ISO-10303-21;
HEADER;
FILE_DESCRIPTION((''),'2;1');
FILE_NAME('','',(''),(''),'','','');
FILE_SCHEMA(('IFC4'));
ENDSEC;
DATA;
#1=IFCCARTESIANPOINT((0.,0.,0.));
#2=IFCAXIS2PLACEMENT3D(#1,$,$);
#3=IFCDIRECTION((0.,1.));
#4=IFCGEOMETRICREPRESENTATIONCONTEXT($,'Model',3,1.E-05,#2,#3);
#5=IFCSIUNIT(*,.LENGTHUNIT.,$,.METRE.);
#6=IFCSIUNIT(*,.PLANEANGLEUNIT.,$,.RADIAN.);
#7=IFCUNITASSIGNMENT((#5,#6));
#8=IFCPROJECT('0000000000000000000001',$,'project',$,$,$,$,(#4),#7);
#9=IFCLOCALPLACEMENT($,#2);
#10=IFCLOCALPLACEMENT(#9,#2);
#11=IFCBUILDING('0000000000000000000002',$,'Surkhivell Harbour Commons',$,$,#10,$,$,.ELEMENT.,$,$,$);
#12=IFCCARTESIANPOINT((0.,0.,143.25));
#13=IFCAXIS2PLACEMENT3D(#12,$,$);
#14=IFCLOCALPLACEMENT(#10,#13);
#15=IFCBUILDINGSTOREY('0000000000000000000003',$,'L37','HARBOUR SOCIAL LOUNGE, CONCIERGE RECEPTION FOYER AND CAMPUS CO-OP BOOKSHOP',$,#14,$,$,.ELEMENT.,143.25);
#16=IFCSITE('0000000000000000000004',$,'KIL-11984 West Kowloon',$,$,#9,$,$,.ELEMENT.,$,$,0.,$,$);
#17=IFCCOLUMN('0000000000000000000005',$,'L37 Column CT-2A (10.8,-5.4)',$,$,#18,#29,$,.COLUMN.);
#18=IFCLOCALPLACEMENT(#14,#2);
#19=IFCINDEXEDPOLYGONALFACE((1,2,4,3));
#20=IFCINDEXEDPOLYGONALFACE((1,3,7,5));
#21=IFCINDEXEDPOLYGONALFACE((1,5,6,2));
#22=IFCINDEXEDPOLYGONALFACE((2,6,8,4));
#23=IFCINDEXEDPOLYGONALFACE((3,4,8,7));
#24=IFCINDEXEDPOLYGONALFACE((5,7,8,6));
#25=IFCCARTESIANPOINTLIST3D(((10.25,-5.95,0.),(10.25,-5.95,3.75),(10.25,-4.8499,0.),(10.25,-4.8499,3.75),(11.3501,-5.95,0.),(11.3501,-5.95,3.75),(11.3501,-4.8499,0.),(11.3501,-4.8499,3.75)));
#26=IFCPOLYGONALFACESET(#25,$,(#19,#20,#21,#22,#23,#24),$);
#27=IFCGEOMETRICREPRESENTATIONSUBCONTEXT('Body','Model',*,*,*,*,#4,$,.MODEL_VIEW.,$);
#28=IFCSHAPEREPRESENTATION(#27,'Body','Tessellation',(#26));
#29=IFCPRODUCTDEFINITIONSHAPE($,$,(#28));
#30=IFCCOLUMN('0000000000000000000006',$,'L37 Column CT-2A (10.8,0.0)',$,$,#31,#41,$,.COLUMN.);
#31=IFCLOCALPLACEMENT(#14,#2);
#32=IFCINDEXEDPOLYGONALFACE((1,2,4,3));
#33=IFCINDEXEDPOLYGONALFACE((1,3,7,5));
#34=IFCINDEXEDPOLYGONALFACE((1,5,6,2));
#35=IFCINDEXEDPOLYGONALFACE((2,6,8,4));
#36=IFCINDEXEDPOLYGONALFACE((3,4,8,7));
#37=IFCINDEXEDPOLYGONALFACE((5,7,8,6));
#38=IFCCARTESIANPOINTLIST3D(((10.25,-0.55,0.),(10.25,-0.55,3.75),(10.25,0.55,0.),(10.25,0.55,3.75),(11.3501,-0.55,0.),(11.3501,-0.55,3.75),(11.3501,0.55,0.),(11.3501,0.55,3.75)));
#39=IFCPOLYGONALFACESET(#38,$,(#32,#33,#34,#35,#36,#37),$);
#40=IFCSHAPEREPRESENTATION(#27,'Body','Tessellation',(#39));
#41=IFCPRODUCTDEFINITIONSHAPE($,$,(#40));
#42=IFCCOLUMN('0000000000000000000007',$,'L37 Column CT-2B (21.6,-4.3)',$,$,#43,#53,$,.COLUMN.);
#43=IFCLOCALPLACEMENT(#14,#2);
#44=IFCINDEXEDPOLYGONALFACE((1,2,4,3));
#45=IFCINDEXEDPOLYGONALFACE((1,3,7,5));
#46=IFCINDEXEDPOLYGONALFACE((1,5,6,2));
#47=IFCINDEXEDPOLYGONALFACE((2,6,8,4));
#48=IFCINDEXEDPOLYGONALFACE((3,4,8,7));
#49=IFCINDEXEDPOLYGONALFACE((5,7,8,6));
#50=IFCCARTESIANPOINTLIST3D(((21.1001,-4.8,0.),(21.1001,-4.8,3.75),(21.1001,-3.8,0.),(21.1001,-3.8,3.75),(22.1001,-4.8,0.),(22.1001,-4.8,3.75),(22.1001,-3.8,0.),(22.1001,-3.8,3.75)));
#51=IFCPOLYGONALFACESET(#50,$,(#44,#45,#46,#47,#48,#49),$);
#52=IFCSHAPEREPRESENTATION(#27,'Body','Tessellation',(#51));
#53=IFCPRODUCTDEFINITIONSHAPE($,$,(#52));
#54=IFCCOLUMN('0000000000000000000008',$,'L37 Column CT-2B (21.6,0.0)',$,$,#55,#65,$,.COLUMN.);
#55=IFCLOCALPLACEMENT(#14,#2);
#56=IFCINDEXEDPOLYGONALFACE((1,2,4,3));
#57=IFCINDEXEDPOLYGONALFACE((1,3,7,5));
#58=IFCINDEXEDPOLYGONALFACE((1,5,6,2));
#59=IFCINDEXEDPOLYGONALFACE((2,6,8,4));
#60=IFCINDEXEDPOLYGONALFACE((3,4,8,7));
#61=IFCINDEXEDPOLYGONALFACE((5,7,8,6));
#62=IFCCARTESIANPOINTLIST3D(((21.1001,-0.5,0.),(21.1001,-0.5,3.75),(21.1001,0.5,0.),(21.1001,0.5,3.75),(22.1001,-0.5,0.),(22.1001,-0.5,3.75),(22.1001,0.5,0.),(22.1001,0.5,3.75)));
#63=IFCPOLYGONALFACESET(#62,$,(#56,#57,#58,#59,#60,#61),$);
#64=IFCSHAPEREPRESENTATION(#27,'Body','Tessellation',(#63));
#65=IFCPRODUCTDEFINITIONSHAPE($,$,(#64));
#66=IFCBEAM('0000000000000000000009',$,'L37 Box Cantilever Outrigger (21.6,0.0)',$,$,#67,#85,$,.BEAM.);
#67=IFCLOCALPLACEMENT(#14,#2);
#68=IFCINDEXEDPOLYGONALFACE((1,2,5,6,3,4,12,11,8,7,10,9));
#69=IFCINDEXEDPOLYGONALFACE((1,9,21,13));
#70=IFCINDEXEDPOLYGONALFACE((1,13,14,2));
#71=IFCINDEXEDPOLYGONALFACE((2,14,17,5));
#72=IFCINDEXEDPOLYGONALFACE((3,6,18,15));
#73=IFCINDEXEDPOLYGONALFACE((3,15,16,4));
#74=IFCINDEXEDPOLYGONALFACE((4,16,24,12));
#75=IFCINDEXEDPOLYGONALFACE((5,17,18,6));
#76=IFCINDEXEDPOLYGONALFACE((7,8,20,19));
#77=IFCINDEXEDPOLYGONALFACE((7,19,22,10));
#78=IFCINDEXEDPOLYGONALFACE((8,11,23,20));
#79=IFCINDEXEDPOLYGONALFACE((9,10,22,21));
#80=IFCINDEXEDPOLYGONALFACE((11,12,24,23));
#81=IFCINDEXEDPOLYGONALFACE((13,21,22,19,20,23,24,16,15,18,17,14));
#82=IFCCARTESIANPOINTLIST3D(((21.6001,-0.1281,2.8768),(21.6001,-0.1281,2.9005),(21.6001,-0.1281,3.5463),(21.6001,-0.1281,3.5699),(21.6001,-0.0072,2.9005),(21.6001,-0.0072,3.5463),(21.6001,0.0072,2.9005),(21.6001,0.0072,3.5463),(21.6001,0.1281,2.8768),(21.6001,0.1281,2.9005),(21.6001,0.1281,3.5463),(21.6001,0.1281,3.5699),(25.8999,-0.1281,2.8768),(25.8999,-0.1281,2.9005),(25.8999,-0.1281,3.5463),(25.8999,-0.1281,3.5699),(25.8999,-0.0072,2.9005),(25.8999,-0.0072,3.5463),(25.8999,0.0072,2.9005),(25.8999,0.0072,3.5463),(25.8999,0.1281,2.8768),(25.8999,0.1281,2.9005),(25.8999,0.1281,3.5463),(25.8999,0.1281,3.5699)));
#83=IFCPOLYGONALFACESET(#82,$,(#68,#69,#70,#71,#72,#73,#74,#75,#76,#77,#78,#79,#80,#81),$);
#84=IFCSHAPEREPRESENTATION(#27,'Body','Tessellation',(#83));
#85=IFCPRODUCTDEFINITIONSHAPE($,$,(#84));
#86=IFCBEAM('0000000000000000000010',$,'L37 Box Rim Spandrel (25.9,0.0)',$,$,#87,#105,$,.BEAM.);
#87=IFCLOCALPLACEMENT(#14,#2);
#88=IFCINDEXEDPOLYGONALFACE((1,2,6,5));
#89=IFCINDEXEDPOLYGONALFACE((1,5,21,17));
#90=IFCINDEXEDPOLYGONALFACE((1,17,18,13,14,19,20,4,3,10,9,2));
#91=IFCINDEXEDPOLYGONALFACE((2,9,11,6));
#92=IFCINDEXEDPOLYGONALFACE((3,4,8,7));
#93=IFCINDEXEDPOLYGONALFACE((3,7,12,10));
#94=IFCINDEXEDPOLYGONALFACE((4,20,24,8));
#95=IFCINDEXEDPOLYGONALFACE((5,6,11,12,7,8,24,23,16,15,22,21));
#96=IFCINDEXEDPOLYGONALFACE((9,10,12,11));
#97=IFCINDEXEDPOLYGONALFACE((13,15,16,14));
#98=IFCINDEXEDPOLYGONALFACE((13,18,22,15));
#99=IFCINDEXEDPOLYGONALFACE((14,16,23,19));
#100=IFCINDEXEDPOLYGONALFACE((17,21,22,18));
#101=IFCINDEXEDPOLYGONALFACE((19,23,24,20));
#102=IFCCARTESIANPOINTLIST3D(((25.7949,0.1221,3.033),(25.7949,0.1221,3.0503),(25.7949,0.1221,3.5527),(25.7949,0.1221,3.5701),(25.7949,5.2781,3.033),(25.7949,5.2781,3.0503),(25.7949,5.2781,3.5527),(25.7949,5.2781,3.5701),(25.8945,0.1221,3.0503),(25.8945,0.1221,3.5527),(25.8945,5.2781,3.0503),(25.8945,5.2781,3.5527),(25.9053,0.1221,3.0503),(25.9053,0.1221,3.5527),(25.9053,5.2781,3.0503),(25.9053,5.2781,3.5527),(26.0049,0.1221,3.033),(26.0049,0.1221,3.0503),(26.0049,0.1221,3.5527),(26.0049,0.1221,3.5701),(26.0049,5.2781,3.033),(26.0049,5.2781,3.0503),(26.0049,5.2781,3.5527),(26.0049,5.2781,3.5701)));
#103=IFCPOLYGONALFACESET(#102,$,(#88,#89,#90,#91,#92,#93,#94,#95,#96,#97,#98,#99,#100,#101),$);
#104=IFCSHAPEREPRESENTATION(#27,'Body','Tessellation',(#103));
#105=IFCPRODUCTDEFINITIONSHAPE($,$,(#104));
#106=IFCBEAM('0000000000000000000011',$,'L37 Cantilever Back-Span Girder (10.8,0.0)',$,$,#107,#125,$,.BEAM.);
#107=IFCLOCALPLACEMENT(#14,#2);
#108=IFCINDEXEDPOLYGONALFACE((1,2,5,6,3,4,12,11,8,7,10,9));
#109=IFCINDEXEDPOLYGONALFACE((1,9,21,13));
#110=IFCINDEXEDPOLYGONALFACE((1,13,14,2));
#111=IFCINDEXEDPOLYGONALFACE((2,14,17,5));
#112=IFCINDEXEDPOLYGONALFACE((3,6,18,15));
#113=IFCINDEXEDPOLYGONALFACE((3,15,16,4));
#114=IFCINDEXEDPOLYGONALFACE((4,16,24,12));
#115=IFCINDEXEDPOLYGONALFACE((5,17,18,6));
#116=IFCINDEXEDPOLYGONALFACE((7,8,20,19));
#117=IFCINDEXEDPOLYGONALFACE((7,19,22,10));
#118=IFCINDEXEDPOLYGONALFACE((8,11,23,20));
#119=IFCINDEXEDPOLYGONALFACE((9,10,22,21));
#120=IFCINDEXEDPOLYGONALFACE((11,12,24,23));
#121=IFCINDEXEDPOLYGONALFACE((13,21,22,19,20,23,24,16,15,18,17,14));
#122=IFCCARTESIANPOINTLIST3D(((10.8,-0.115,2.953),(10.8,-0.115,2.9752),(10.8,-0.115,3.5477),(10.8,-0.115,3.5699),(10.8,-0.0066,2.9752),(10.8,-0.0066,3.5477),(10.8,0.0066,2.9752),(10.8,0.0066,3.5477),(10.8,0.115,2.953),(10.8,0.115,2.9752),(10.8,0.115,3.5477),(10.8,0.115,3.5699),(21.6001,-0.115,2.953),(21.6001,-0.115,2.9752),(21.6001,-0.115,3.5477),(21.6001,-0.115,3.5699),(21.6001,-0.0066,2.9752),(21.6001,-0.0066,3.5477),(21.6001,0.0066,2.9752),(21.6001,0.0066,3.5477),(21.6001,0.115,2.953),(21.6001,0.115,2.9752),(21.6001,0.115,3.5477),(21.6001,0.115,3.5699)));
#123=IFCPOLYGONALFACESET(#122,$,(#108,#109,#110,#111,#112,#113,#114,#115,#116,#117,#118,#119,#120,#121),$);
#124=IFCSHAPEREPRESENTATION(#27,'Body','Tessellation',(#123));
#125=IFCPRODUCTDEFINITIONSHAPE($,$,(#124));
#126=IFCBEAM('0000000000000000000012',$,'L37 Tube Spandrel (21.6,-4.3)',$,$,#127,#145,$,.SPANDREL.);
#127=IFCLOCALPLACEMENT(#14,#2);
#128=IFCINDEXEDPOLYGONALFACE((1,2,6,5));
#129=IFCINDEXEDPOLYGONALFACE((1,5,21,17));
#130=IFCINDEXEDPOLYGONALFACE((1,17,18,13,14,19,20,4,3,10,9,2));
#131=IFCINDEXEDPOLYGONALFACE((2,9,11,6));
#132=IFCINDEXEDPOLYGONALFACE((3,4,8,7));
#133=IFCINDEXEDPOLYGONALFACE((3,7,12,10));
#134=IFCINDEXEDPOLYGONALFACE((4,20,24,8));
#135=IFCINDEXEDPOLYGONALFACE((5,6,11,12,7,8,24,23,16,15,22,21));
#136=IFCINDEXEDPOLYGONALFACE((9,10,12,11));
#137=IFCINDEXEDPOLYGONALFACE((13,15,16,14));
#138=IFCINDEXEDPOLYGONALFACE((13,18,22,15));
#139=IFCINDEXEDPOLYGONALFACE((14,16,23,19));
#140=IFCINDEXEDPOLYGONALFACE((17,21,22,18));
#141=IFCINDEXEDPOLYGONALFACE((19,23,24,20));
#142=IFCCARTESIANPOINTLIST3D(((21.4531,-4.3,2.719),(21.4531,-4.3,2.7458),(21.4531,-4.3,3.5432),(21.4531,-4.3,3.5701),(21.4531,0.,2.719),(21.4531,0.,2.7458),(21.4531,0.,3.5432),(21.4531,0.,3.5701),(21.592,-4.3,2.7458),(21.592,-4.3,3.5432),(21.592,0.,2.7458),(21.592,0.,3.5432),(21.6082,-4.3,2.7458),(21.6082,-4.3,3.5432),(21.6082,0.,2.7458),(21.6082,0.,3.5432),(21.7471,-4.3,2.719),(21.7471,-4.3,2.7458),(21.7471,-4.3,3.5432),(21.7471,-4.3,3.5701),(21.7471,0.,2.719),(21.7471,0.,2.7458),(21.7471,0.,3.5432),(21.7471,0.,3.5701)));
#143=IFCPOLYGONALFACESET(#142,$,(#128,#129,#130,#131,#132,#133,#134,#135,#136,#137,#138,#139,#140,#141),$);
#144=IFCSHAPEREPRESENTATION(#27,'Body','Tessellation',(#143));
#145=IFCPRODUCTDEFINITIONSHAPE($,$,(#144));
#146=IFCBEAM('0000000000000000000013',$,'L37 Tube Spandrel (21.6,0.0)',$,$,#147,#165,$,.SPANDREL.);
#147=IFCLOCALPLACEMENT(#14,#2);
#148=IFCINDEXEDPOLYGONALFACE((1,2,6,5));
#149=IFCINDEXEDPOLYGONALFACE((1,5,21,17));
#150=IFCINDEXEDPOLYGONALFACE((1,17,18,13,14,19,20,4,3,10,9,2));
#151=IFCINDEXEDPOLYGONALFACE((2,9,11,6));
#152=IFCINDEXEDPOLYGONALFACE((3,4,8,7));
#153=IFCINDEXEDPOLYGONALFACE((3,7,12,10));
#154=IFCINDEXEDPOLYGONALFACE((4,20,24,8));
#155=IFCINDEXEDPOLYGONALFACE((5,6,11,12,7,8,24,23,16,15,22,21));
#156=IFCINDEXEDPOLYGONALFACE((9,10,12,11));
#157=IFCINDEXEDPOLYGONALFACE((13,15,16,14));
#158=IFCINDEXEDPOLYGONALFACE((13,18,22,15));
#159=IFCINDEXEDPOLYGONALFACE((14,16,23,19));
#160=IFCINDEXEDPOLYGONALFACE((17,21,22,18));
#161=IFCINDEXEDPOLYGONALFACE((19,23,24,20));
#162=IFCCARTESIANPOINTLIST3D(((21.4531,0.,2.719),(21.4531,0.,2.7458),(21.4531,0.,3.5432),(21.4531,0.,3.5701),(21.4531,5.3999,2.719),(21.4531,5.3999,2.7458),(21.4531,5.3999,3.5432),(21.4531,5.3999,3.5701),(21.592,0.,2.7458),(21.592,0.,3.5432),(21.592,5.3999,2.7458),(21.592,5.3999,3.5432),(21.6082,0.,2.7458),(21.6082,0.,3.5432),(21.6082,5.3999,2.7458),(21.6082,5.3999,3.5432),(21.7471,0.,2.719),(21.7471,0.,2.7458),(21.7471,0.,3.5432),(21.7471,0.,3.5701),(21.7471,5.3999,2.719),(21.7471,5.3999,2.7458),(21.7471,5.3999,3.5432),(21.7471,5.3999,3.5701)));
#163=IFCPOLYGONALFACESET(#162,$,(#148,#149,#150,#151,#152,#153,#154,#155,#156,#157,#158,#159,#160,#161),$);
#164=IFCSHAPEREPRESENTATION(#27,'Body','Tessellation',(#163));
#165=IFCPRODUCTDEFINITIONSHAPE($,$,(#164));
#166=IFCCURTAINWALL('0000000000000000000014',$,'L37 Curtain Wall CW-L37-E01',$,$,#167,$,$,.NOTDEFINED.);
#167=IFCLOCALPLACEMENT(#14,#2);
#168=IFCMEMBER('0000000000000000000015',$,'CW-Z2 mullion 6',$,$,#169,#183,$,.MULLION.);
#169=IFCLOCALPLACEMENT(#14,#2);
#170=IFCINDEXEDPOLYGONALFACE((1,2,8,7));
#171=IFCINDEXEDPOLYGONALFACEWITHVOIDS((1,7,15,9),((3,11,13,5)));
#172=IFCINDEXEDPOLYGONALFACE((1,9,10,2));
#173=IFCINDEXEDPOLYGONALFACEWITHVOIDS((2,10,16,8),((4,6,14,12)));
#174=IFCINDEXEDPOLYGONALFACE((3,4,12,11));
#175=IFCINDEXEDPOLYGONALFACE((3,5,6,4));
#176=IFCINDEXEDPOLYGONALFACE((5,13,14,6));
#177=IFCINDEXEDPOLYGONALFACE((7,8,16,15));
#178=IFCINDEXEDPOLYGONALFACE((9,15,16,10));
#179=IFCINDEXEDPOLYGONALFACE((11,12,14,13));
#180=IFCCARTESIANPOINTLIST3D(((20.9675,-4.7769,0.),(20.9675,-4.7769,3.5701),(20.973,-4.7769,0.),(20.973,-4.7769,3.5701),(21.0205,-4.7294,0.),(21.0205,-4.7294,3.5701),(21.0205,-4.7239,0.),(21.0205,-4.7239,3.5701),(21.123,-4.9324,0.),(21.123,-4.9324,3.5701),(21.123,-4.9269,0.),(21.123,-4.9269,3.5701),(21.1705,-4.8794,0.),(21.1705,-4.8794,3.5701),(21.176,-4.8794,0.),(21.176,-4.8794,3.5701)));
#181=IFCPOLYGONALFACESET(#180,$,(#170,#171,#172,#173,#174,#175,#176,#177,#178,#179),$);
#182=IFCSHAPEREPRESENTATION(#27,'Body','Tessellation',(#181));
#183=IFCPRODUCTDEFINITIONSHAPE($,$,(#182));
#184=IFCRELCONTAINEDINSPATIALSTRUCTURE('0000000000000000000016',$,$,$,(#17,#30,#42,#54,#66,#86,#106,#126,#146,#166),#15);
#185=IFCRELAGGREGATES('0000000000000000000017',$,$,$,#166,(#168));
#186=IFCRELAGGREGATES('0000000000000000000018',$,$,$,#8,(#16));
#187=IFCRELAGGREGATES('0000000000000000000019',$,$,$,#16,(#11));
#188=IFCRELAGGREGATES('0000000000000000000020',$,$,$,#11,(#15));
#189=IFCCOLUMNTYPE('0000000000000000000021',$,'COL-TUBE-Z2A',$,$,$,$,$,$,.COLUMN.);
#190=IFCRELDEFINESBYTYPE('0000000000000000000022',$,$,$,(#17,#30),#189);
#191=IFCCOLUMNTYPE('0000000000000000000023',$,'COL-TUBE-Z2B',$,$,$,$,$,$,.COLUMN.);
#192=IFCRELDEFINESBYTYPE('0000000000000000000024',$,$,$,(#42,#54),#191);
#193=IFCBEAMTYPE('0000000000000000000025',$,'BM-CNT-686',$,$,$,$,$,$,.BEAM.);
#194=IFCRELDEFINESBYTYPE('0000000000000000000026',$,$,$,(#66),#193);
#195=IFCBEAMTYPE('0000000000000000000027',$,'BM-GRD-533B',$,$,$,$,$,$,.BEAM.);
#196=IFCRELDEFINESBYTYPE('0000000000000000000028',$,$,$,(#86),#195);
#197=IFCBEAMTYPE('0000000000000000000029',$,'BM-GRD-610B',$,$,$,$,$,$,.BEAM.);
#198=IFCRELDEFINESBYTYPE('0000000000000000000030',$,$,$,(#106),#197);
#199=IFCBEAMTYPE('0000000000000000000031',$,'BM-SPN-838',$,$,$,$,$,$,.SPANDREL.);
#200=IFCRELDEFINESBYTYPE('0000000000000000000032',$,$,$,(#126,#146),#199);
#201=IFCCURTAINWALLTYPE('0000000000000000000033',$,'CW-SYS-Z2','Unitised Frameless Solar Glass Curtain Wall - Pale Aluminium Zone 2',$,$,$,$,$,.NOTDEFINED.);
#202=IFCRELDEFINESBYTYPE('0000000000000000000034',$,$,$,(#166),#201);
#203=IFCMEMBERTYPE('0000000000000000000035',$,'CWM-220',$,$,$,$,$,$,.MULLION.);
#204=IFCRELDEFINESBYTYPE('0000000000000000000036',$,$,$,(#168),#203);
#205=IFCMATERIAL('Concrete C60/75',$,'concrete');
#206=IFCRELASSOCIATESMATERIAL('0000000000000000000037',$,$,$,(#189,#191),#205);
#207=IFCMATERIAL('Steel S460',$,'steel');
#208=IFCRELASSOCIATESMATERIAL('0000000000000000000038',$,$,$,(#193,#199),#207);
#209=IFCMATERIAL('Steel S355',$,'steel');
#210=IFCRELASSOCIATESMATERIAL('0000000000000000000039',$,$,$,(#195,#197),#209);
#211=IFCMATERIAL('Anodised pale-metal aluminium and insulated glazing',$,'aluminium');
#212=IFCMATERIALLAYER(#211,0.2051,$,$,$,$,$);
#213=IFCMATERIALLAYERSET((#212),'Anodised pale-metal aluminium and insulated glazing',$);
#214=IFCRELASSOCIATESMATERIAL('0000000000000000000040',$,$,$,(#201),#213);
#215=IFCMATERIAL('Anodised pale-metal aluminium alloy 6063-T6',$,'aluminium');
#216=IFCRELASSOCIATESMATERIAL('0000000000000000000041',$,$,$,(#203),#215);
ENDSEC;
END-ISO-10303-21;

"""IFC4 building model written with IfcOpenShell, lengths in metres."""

from ifc_helpers import new_model, si_unit, direction, frame, origin, origin_2d, place, context, subcontext, project, spatial, rectangle, hollow_rectangle, i_section, extrude, material, layer, layer_set, material_profile, profile_set, type_object, element, aggregate, save


model = new_model("IFC4")

# Units and contexts
model_context = context("Model", 3, precision=1e-05, world=origin(), true_north=direction((0.0, 1.0)))
body_context = subcontext(model_context, "Body", "Model", "MODEL_VIEW")
ifc_project = project(units=[si_unit("LENGTHUNIT", "METRE"), si_unit("PLANEANGLEUNIT", "RADIAN")], contexts=[model_context])

# Site, building, storey
site_placement = place(None, origin())
site = spatial("IfcSite", under=ifc_project, at=site_placement, Name="KIL-11984 West Kowloon", CompositionType="ELEMENT", RefElevation=0.0)
building_placement = place(site_placement, origin())
building = spatial("IfcBuilding", under=site, at=building_placement, Name="Surkhivell Harbour Commons", CompositionType="ELEMENT")
storey_placement = place(building_placement, frame((0.0, 0.0, 143.25)))
storey = spatial("IfcBuildingStorey", under=building, at=storey_placement, Name="L37", Description="HARBOUR SOCIAL LOUNGE, CONCIERGE RECEPTION FOYER AND CAMPUS CO-OP BOOKSHOP", CompositionType="ELEMENT", Elevation=143.25)

# Columns
ifc_material_1 = material(Name="Concrete C60/75", Category="concrete")
ifc_material_profile_1 = material_profile(ifc_material_1, rectangle(XDim=1.1001, YDim=1.1001, at=origin_2d()), Name="RC-COL-1100x1100")
ifc_profile_set_1 = profile_set([ifc_material_profile_1], Name="Concrete C60/75")
column_type_1 = type_object("IfcColumnType", Name="COL-TUBE-Z2A", PredefinedType="COLUMN", material=ifc_profile_set_1)
for number, where, z_axis, x_axis, name in (
    (1, (10.8, -5.3999, 0.0), (0.0, 0.0, 1.0), (1.0, 0.0, 0.0), "L37 Column CT-2A (10.8,-5.4)"),
    (2, (10.8, 0.0, 0.0), (0.0, 0.0, 1.0), (1.0, 0.0, 0.0), "L37 Column CT-2A (10.8,0.0)"),
):
    element("IfcColumn", number, at=place(storey_placement, frame(where, z_axis=z_axis, x_axis=x_axis)), inside=storey, type_object=column_type_1, Name=name, PredefinedType="COLUMN", context=body_context, shape_type="SweptSolid", body=[
        extrude(rectangle(XDim=1.1001, YDim=1.1001, at=origin_2d()), origin(), (0.0, 0.0, 1.0), 3.75),
    ])
ifc_material_profile_2 = material_profile(ifc_material_1, rectangle(XDim=1.0, YDim=1.0, at=origin_2d()), Name="RC-COL-1000x1000")
ifc_profile_set_2 = profile_set([ifc_material_profile_2], Name="Concrete C60/75")
column_type_2 = type_object("IfcColumnType", Name="COL-TUBE-Z2B", PredefinedType="COLUMN", material=ifc_profile_set_2)
for number, where, z_axis, x_axis, name in (
    (3, (21.6001, -4.3, 0.0), (0.0, 0.0, 1.0), (1.0, 0.0, 0.0), "L37 Column CT-2B (21.6,-4.3)"),
    (4, (21.6001, 0.0, 0.0), (0.0, 0.0, 1.0), (1.0, 0.0, 0.0), "L37 Column CT-2B (21.6,0.0)"),
):
    element("IfcColumn", number, at=place(storey_placement, frame(where, z_axis=z_axis, x_axis=x_axis)), inside=storey, type_object=column_type_2, Name=name, PredefinedType="COLUMN", context=body_context, shape_type="SweptSolid", body=[
        extrude(rectangle(XDim=1.0, YDim=1.0, at=origin_2d()), origin(), (0.0, 0.0, 1.0), 3.75),
    ])

# Beams
ifc_material_2 = material(Name="Steel S460", Category="steel")
ifc_material_profile_3 = material_profile(ifc_material_2, i_section(OverallWidth=0.2561, OverallDepth=0.6931, WebThickness=0.0144, FlangeThickness=0.0237, at=origin_2d()), Name="UB686x254x170")
ifc_profile_set_3 = profile_set([ifc_material_profile_3], Name="Steel S460")
beam_type_1 = type_object("IfcBeamType", Name="BM-CNT-686", PredefinedType="BEAM", material=ifc_profile_set_3)
beam_1_placement = place(storey_placement, frame((21.6001, 0.0, 3.2234), z_axis=(1.0, 0.0, 0.0), x_axis=(0.0, 1.0, 0.0)))
element("IfcBeam", 5, at=beam_1_placement, inside=storey, type_object=beam_type_1, Name="L37 Box Cantilever Outrigger (21.6,0.0)", PredefinedType="BEAM", context=body_context, shape_type="SweptSolid", body=[
    extrude(i_section(OverallWidth=0.2561, OverallDepth=0.6931, WebThickness=0.0144, FlangeThickness=0.0237, at=origin_2d()), origin(), (0.0, 0.0, 1.0), 4.2998),
])
ifc_material_3 = material(Name="Steel S355", Category="steel")
ifc_material_profile_4 = material_profile(ifc_material_3, i_section(OverallWidth=0.21, OverallDepth=0.5371, WebThickness=0.0107, FlangeThickness=0.0173, at=origin_2d()), Name="UB533x210x101")
ifc_profile_set_4 = profile_set([ifc_material_profile_4], Name="Steel S355")
beam_type_2 = type_object("IfcBeamType", Name="BM-GRD-533B", PredefinedType="BEAM", material=ifc_profile_set_4)
beam_2_placement = place(storey_placement, frame((25.8999, 0.1221, 3.3015), z_axis=(0.0, 1.0, 0.0), x_axis=(-1.0, 0.0, 0.0)))
element("IfcBeam", 6, at=beam_2_placement, inside=storey, type_object=beam_type_2, Name="L37 Box Rim Spandrel (25.9,0.0)", PredefinedType="BEAM", context=body_context, shape_type="SweptSolid", body=[
    extrude(i_section(OverallWidth=0.21, OverallDepth=0.5371, WebThickness=0.0107, FlangeThickness=0.0173, at=origin_2d()), origin(), (0.0, 0.0, 1.0), 5.156),
])
ifc_material_profile_5 = material_profile(ifc_material_3, i_section(OverallWidth=0.23, OverallDepth=0.6169, WebThickness=0.0132, FlangeThickness=0.0222, at=origin_2d()), Name="UB610x229x140")
ifc_profile_set_5 = profile_set([ifc_material_profile_5], Name="Steel S355")
beam_type_3 = type_object("IfcBeamType", Name="BM-GRD-610B", PredefinedType="BEAM", material=ifc_profile_set_5)
beam_3_placement = place(storey_placement, frame((10.8, 0.0, 3.2615), z_axis=(1.0, 0.0, 0.0), x_axis=(0.0, 1.0, 0.0)))
element("IfcBeam", 7, at=beam_3_placement, inside=storey, type_object=beam_type_3, Name="L37 Cantilever Back-Span Girder (10.8,0.0)", PredefinedType="BEAM", context=body_context, shape_type="SweptSolid", body=[
    extrude(i_section(OverallWidth=0.23, OverallDepth=0.6169, WebThickness=0.0132, FlangeThickness=0.0222, at=origin_2d()), origin(), (0.0, 0.0, 1.0), 10.8),
])
ifc_material_profile_6 = material_profile(ifc_material_2, i_section(OverallWidth=0.2939, OverallDepth=0.8511, WebThickness=0.0161, FlangeThickness=0.0269, at=origin_2d()), Name="UB838x292x226")
ifc_profile_set_6 = profile_set([ifc_material_profile_6], Name="Steel S460")
beam_type_4 = type_object("IfcBeamType", Name="BM-SPN-838", PredefinedType="SPANDREL", material=ifc_profile_set_6)
beam_4_placement = place(storey_placement, frame((21.6001, -4.3, 3.1445), z_axis=(0.0, 1.0, 0.0), x_axis=(-1.0, 0.0, 0.0)))
element("IfcBeam", 8, at=beam_4_placement, inside=storey, type_object=beam_type_4, Name="L37 Tube Spandrel (21.6,-4.3)", PredefinedType="SPANDREL", context=body_context, shape_type="SweptSolid", body=[
    extrude(i_section(OverallWidth=0.2939, OverallDepth=0.8511, WebThickness=0.0161, FlangeThickness=0.0269, at=origin_2d()), origin(), (0.0, 0.0, 1.0), 4.3),
])
beam_5_placement = place(storey_placement, frame((21.6001, 0.0, 3.1445), z_axis=(0.0, 1.0, 0.0), x_axis=(-1.0, 0.0, 0.0)))
element("IfcBeam", 9, at=beam_5_placement, inside=storey, type_object=beam_type_4, Name="L37 Tube Spandrel (21.6,0.0)", PredefinedType="SPANDREL", context=body_context, shape_type="SweptSolid", body=[
    extrude(i_section(OverallWidth=0.2939, OverallDepth=0.8511, WebThickness=0.0161, FlangeThickness=0.0269, at=origin_2d()), origin(), (0.0, 0.0, 1.0), 5.3999),
])

# Curtain wall, member
ifc_material_4 = material(Name="Anodised pale-metal aluminium and insulated glazing", Category="aluminium")
ifc_layer_1 = layer(ifc_material_4, 0.2051)
ifc_layer_set_1 = layer_set([ifc_layer_1], Name="Anodised pale-metal aluminium and insulated glazing")
curtain_wall_type = type_object("IfcCurtainWallType", Name="CW-SYS-Z2", Description="Unitised Frameless Solar Glass Curtain Wall - Pale Aluminium Zone 2", PredefinedType="NOTDEFINED", material=ifc_layer_set_1)
curtain_wall_1_placement = place(storey_placement, origin())
curtain_wall_1 = element("IfcCurtainWall", 10, at=curtain_wall_1_placement, inside=storey, type_object=curtain_wall_type, Name="L37 Curtain Wall CW-L37-E01", PredefinedType="NOTDEFINED")
ifc_material_5 = material(Name="Anodised pale-metal aluminium alloy 6063-T6", Category="aluminium")
ifc_material_profile_7 = material_profile(ifc_material_5, hollow_rectangle(XDim=0.075, YDim=0.22, WallThickness=0.0039, at=origin_2d()), Name="ALU-MULL-75x220")
ifc_profile_set_7 = profile_set([ifc_material_profile_7], Name="Anodised pale-metal aluminium alloy 6063-T6")
member_type_1 = type_object("IfcMemberType", Name="CWM-220", PredefinedType="MULLION", material=ifc_profile_set_7)
member_1_placement = place(storey_placement, frame((21.0718, -4.8281, 0.0), z_axis=(0.0, 0.0, 1.0), x_axis=(0.707107, 0.707107, 0.0)))
member_1 = element("IfcMember", 11, at=member_1_placement, type_object=member_type_1, Name="CW-Z2 mullion 6", PredefinedType="MULLION", context=body_context, shape_type="SweptSolid", body=[
    extrude(hollow_rectangle(XDim=0.075, YDim=0.22, WallThickness=0.0039, at=origin_2d()), origin(), (0.0, 0.0, 1.0), 3.5701),
])
aggregate(curtain_wall_1, [member_1])

save(model, "model.ifc")
